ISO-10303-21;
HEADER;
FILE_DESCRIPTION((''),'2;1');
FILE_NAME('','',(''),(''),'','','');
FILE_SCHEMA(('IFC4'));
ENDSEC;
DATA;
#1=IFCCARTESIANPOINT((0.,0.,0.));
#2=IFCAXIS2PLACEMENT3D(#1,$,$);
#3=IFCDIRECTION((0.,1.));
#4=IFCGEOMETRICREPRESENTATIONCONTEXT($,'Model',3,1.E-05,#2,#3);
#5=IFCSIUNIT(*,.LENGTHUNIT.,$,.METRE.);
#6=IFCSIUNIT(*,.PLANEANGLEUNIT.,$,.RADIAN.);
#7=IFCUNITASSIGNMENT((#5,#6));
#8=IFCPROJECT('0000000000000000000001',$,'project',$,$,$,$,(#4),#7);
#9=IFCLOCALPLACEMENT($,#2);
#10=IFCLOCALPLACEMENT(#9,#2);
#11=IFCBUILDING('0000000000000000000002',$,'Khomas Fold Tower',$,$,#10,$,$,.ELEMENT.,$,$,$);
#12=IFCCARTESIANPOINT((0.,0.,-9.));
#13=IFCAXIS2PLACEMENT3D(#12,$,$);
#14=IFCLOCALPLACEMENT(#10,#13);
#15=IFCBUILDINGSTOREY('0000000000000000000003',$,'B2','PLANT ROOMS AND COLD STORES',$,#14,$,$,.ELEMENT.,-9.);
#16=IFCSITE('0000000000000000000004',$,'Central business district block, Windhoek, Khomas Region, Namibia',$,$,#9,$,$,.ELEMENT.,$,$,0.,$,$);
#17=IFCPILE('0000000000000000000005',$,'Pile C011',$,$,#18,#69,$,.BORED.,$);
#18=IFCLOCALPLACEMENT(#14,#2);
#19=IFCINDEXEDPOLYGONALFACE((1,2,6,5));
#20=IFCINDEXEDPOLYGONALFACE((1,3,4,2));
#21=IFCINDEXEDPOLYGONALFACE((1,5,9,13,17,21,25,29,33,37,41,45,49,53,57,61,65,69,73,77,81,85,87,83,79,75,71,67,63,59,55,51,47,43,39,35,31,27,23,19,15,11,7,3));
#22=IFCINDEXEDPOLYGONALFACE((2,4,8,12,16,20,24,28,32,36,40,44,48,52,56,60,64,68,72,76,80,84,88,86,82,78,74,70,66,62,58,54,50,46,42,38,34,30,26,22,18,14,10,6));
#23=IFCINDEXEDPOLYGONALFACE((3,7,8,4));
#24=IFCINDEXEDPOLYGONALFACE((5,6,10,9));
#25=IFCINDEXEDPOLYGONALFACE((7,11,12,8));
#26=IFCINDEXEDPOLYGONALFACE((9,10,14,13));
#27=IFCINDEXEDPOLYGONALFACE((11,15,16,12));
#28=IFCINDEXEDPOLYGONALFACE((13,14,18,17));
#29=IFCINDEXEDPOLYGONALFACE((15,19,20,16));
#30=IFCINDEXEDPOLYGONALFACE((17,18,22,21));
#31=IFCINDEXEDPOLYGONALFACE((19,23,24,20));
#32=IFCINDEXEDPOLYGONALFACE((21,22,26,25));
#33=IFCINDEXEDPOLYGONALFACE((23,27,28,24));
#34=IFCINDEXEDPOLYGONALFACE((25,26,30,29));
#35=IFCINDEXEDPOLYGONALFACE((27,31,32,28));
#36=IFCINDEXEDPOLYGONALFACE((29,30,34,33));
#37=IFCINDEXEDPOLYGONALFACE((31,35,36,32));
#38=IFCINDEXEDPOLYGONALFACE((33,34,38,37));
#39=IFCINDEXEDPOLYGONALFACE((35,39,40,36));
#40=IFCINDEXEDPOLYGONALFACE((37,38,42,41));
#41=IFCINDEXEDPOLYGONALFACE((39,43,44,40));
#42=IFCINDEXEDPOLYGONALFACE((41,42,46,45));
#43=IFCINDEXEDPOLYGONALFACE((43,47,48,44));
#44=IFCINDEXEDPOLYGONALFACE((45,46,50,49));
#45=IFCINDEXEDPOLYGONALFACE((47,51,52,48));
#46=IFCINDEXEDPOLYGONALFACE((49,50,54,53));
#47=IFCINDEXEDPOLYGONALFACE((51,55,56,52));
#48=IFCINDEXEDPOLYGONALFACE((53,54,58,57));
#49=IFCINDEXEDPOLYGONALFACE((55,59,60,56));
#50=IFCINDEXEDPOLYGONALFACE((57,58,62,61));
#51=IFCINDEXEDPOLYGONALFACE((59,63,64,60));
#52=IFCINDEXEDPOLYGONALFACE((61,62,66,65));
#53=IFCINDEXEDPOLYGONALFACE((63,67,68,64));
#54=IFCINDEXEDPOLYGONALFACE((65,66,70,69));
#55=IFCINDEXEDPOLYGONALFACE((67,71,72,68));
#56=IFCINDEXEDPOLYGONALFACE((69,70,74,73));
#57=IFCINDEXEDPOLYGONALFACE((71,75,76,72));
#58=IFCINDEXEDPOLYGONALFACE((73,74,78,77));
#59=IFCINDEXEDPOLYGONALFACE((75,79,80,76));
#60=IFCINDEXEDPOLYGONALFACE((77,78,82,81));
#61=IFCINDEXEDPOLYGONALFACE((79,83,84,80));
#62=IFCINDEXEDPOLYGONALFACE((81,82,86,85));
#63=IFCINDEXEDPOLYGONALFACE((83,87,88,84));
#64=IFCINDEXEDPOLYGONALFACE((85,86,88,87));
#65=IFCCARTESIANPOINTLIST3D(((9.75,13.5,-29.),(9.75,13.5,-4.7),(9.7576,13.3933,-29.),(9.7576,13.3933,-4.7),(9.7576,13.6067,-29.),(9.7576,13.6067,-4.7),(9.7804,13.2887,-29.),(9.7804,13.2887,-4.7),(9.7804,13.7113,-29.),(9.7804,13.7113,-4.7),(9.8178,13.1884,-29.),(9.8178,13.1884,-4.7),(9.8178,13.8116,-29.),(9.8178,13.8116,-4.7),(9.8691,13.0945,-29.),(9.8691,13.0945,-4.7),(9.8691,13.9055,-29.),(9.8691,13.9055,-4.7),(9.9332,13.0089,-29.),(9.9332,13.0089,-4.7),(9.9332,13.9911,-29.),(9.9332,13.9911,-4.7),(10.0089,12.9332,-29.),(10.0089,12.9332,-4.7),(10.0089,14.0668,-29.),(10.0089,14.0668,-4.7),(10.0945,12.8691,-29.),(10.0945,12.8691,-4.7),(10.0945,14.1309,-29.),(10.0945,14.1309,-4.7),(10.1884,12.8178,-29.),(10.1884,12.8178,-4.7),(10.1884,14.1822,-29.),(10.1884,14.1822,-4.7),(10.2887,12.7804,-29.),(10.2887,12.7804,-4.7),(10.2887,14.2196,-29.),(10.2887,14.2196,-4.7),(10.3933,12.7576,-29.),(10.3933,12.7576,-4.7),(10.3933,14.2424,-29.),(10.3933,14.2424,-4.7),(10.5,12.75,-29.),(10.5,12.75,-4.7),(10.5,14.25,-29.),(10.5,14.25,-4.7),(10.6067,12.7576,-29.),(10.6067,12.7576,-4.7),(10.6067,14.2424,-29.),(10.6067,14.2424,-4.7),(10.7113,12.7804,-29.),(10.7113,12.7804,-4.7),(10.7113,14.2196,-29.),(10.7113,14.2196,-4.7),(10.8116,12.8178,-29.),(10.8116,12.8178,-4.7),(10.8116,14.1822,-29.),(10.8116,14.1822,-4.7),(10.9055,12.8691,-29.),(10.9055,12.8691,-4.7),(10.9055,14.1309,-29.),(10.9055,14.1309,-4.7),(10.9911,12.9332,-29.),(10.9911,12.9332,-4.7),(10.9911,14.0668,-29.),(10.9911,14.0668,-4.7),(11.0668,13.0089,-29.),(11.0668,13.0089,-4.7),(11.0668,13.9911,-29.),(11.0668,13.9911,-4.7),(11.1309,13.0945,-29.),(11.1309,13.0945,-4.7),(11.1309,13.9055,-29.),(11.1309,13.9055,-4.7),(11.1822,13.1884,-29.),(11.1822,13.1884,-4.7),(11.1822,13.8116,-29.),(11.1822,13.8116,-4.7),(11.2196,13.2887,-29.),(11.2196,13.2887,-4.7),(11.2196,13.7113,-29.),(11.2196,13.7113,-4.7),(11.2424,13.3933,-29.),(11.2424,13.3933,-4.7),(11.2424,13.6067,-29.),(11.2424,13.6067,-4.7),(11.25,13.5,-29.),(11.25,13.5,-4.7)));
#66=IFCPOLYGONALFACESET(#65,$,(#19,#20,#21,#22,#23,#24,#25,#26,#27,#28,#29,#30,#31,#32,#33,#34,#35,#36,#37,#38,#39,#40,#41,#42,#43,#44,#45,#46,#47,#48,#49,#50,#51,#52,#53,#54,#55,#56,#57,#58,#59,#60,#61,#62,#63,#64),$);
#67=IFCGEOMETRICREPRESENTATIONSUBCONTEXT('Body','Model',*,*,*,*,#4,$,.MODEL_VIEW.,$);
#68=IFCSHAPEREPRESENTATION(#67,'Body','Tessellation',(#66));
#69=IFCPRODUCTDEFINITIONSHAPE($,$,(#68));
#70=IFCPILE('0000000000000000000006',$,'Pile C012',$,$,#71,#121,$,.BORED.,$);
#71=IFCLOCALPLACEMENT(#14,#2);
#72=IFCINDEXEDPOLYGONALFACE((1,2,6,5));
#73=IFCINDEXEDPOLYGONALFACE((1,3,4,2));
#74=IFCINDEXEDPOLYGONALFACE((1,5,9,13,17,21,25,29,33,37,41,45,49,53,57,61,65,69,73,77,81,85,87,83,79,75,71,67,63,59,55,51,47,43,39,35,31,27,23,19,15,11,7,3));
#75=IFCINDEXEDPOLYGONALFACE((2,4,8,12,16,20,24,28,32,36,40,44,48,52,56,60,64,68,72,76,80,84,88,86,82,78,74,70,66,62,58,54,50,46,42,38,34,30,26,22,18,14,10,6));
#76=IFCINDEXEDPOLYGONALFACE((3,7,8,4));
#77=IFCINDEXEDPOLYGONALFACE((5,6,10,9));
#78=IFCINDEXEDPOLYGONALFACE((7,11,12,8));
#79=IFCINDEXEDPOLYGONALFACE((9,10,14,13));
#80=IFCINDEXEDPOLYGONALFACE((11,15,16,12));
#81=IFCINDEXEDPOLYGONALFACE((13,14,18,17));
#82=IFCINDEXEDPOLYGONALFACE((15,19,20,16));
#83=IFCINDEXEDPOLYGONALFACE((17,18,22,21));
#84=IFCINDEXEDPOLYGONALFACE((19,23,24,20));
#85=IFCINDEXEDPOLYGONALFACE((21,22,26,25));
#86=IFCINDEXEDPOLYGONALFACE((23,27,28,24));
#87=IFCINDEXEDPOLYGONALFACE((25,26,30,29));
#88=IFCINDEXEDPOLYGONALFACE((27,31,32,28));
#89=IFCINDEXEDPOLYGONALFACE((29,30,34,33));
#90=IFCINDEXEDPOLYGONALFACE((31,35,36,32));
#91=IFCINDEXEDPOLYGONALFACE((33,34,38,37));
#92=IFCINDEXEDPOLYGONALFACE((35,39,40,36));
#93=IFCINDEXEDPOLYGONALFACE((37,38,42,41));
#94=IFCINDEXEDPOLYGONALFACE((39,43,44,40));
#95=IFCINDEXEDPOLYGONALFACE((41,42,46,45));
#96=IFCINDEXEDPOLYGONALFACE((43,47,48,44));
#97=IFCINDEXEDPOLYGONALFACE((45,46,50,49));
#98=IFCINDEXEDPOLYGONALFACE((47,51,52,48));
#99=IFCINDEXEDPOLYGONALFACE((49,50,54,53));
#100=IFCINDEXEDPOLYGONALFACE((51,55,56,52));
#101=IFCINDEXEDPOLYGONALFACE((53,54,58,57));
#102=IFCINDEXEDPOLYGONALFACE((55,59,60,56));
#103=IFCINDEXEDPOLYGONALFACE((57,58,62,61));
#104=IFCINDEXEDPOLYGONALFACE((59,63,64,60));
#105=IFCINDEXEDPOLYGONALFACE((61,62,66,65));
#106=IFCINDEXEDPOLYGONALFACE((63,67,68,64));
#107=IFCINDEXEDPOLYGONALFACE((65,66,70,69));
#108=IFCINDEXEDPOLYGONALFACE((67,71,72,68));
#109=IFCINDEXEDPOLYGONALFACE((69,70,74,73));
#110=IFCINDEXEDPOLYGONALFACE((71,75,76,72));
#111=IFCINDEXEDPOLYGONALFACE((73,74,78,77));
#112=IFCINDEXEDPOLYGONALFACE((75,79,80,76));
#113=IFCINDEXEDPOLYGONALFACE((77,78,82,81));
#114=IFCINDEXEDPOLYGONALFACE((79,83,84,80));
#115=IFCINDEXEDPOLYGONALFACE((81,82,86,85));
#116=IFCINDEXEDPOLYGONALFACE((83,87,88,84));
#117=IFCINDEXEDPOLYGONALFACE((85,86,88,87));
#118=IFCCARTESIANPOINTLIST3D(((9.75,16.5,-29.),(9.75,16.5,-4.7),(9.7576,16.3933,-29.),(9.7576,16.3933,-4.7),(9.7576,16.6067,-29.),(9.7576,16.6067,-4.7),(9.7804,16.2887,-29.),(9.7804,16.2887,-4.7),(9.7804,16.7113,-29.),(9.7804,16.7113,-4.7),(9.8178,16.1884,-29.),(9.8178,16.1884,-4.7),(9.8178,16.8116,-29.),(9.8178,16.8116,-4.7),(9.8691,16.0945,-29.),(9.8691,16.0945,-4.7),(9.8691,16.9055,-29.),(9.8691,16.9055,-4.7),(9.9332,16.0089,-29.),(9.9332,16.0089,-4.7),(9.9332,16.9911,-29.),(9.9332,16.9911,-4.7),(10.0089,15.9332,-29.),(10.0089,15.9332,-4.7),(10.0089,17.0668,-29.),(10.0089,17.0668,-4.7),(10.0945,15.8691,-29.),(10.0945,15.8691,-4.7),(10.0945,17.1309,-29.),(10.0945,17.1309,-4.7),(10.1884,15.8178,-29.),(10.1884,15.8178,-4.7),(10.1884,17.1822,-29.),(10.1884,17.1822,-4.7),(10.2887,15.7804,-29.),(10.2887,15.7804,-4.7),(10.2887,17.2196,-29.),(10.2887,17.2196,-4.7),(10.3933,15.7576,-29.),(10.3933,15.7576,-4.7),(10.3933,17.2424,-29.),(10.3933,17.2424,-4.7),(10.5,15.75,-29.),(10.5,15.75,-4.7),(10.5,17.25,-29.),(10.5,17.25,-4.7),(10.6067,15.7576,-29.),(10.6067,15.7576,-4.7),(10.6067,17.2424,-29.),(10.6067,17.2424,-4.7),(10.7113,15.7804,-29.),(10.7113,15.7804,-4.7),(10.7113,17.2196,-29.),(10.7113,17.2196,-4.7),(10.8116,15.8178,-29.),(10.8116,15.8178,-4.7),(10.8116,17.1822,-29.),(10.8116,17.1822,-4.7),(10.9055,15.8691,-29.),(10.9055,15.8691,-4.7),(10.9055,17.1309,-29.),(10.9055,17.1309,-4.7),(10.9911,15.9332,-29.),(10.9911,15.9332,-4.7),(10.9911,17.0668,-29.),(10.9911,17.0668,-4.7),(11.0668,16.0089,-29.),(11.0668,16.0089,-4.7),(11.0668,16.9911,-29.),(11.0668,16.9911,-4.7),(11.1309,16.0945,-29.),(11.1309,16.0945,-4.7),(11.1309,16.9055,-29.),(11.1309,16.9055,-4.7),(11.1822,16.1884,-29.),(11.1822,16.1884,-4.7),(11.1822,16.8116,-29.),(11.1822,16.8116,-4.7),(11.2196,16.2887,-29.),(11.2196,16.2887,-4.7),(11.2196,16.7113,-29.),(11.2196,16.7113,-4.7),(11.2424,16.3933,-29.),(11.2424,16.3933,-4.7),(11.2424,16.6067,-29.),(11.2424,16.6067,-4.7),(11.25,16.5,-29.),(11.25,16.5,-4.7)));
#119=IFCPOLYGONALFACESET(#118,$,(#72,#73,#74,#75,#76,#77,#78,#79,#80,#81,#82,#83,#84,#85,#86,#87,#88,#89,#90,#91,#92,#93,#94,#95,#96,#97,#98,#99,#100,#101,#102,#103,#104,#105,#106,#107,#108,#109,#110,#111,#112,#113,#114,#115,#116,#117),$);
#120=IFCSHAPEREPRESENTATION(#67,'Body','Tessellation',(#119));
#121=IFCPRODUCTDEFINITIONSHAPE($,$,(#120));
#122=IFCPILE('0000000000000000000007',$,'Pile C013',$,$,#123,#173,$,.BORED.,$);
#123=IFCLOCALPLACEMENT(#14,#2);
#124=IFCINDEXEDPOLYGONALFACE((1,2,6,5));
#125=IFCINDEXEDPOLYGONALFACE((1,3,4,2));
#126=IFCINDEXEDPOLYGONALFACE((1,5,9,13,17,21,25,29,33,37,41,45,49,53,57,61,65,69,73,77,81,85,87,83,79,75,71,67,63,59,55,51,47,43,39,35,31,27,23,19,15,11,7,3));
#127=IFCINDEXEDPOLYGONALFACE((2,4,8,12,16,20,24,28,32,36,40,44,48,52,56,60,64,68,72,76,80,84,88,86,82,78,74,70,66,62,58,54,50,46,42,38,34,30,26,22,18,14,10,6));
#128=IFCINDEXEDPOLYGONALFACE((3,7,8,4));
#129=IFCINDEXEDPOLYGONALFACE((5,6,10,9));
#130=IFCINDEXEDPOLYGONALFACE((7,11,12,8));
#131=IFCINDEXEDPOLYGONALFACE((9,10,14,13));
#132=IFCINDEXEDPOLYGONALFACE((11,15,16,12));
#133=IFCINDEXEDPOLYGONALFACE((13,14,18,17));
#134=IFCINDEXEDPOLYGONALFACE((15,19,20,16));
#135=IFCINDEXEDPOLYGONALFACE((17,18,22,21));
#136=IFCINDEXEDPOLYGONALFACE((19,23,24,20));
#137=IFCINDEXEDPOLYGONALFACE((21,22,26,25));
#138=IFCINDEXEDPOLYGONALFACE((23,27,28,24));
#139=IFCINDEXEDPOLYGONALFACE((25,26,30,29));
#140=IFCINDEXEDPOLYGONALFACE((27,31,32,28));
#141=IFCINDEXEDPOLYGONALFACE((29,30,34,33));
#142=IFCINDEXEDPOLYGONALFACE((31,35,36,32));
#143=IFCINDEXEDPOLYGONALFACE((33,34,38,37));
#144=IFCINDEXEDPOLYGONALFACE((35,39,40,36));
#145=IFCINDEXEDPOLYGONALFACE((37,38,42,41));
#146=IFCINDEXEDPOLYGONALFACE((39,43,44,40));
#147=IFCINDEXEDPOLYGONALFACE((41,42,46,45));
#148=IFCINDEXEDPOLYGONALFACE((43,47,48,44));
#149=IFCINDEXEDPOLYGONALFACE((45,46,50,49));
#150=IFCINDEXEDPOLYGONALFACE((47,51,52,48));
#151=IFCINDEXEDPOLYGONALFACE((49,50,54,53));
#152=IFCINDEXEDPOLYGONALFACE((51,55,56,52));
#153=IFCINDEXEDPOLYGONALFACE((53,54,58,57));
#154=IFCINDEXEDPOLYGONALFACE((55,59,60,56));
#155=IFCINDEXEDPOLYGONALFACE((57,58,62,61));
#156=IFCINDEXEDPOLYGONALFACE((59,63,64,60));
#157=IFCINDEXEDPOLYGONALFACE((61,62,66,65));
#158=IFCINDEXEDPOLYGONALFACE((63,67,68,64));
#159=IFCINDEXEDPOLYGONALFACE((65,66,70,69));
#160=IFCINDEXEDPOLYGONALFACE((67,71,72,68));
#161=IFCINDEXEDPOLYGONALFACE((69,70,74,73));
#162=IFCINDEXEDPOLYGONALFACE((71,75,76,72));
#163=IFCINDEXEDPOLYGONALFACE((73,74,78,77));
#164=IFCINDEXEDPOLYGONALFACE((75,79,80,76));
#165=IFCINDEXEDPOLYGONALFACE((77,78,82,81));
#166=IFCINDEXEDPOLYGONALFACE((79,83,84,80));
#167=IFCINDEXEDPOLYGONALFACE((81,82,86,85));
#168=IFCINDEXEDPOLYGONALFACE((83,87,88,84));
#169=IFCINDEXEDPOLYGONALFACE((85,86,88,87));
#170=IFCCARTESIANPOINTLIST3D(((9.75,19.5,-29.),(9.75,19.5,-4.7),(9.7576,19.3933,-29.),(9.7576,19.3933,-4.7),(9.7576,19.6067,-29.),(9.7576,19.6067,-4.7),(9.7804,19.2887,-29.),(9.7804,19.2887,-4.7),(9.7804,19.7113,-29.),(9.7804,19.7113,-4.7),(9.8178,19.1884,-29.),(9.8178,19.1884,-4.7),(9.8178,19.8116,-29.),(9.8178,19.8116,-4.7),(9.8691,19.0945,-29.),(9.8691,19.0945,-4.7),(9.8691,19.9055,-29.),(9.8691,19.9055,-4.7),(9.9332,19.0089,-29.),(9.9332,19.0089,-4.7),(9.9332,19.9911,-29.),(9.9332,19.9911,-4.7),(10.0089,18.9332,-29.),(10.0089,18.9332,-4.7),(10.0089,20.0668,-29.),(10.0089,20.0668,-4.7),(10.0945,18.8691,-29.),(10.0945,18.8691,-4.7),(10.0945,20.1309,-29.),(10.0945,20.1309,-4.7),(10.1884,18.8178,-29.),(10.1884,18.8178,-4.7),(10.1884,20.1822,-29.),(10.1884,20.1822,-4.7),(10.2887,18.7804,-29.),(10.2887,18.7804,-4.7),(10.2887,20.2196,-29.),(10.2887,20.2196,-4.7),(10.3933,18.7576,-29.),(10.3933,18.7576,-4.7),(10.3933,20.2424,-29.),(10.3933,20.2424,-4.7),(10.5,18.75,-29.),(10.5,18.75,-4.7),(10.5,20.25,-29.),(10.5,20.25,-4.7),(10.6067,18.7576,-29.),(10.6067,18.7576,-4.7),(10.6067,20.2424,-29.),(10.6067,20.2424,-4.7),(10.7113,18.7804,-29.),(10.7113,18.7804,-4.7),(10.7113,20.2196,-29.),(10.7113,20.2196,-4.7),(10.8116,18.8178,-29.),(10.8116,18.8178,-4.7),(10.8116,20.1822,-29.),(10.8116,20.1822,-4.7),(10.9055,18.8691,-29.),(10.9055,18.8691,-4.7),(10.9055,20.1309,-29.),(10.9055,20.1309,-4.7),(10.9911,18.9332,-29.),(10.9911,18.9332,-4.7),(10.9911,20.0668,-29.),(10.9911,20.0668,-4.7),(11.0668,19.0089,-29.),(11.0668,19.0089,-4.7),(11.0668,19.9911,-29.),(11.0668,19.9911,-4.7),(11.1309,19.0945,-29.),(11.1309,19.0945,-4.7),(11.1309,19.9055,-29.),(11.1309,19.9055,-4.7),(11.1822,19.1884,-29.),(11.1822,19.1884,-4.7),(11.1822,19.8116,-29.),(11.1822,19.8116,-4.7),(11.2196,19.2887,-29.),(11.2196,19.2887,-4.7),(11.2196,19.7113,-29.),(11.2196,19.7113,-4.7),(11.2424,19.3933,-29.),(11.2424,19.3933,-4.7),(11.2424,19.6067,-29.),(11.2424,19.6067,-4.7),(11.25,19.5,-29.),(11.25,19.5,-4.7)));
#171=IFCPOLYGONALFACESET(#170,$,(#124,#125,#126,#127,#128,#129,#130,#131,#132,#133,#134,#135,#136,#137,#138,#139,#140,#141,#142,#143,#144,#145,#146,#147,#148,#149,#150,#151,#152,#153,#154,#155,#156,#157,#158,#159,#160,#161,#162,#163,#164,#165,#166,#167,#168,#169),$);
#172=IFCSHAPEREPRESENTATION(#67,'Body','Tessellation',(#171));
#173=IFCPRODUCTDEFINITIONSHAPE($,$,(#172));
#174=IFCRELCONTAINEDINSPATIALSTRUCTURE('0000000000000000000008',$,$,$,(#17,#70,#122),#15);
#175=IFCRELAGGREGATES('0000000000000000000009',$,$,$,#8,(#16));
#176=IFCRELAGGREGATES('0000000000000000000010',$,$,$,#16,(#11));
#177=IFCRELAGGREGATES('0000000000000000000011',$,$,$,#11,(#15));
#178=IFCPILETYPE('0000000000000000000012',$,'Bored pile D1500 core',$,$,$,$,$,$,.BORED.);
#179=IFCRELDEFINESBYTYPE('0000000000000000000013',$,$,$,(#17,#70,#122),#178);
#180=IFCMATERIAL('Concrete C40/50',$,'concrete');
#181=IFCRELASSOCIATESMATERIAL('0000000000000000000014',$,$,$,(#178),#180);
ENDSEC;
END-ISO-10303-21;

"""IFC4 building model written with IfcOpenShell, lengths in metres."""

from ifc_helpers import new_model, si_unit, direction, frame, origin, origin_2d, place, context, subcontext, project, spatial, circle, extrude, source, transform, mapped, material, material_profile, profile_set, type_object, element, save


model = new_model("IFC4")

# Units and contexts
model_context = context("Model", 3, precision=1e-05, world=origin(), true_north=direction((0.0, 1.0)))
body_context = subcontext(model_context, "Body", "Model", "MODEL_VIEW")
ifc_project = project(units=[si_unit("LENGTHUNIT", "METRE"), si_unit("PLANEANGLEUNIT", "RADIAN")], contexts=[model_context])

# Site, building, storey
site_placement = place(None, origin())
site = spatial("IfcSite", under=ifc_project, at=site_placement, Name="Central business district block, Windhoek, Khomas Region, Namibia", CompositionType="ELEMENT", RefElevation=0.0)
building_placement = place(site_placement, origin())
building = spatial("IfcBuilding", under=site, at=building_placement, Name="Khomas Fold Tower", CompositionType="ELEMENT")
storey_placement = place(building_placement, frame((0.0, 0.0, -9.0)))
storey = spatial("IfcBuildingStorey", under=building, at=storey_placement, Name="B2", Description="PLANT ROOMS AND COLD STORES", CompositionType="ELEMENT", Elevation=-9.0)

# Piles
ifc_material_1 = material(Name="Concrete C40/50", Category="concrete")
ifc_material_profile = material_profile(ifc_material_1, circle(Radius=0.75, at=origin_2d()), Name="PILE D1500")
ifc_profile_set = profile_set([ifc_material_profile], Name="Concrete C40/50")
pile_type = type_object("IfcPileType", Name="Bored pile D1500 core", PredefinedType="BORED", material=ifc_profile_set)
shared_shape_1 = source(origin(), body_context, "Body", "SweptSolid", [
    extrude(circle(Radius=0.75, at=origin_2d()), origin(), (0.0, 0.0, 1.0), 24.3),
])
for number, where, z_axis, x_axis, name in (
    (1, (10.5, 13.5, -4.7), (0.0, 0.0, -1.0), (1.0, 0.0, 0.0), "Pile C011"),
    (2, (10.5, 16.5, -4.7), (0.0, 0.0, -1.0), (1.0, 0.0, 0.0), "Pile C012"),
    (3, (10.5, 19.5, -4.7), (0.0, 0.0, -1.0), (1.0, 0.0, 0.0), "Pile C013"),
):
    element("IfcPile", number, at=place(storey_placement, frame(where, z_axis=z_axis, x_axis=x_axis)), inside=storey, type_object=pile_type, Name=name, PredefinedType="BORED", context=body_context, shape_type="MappedRepresentation", body=[
        mapped(shared_shape_1, transform((0.0, 0.0, 0.0))),
    ])

save(model, "model.ifc")
